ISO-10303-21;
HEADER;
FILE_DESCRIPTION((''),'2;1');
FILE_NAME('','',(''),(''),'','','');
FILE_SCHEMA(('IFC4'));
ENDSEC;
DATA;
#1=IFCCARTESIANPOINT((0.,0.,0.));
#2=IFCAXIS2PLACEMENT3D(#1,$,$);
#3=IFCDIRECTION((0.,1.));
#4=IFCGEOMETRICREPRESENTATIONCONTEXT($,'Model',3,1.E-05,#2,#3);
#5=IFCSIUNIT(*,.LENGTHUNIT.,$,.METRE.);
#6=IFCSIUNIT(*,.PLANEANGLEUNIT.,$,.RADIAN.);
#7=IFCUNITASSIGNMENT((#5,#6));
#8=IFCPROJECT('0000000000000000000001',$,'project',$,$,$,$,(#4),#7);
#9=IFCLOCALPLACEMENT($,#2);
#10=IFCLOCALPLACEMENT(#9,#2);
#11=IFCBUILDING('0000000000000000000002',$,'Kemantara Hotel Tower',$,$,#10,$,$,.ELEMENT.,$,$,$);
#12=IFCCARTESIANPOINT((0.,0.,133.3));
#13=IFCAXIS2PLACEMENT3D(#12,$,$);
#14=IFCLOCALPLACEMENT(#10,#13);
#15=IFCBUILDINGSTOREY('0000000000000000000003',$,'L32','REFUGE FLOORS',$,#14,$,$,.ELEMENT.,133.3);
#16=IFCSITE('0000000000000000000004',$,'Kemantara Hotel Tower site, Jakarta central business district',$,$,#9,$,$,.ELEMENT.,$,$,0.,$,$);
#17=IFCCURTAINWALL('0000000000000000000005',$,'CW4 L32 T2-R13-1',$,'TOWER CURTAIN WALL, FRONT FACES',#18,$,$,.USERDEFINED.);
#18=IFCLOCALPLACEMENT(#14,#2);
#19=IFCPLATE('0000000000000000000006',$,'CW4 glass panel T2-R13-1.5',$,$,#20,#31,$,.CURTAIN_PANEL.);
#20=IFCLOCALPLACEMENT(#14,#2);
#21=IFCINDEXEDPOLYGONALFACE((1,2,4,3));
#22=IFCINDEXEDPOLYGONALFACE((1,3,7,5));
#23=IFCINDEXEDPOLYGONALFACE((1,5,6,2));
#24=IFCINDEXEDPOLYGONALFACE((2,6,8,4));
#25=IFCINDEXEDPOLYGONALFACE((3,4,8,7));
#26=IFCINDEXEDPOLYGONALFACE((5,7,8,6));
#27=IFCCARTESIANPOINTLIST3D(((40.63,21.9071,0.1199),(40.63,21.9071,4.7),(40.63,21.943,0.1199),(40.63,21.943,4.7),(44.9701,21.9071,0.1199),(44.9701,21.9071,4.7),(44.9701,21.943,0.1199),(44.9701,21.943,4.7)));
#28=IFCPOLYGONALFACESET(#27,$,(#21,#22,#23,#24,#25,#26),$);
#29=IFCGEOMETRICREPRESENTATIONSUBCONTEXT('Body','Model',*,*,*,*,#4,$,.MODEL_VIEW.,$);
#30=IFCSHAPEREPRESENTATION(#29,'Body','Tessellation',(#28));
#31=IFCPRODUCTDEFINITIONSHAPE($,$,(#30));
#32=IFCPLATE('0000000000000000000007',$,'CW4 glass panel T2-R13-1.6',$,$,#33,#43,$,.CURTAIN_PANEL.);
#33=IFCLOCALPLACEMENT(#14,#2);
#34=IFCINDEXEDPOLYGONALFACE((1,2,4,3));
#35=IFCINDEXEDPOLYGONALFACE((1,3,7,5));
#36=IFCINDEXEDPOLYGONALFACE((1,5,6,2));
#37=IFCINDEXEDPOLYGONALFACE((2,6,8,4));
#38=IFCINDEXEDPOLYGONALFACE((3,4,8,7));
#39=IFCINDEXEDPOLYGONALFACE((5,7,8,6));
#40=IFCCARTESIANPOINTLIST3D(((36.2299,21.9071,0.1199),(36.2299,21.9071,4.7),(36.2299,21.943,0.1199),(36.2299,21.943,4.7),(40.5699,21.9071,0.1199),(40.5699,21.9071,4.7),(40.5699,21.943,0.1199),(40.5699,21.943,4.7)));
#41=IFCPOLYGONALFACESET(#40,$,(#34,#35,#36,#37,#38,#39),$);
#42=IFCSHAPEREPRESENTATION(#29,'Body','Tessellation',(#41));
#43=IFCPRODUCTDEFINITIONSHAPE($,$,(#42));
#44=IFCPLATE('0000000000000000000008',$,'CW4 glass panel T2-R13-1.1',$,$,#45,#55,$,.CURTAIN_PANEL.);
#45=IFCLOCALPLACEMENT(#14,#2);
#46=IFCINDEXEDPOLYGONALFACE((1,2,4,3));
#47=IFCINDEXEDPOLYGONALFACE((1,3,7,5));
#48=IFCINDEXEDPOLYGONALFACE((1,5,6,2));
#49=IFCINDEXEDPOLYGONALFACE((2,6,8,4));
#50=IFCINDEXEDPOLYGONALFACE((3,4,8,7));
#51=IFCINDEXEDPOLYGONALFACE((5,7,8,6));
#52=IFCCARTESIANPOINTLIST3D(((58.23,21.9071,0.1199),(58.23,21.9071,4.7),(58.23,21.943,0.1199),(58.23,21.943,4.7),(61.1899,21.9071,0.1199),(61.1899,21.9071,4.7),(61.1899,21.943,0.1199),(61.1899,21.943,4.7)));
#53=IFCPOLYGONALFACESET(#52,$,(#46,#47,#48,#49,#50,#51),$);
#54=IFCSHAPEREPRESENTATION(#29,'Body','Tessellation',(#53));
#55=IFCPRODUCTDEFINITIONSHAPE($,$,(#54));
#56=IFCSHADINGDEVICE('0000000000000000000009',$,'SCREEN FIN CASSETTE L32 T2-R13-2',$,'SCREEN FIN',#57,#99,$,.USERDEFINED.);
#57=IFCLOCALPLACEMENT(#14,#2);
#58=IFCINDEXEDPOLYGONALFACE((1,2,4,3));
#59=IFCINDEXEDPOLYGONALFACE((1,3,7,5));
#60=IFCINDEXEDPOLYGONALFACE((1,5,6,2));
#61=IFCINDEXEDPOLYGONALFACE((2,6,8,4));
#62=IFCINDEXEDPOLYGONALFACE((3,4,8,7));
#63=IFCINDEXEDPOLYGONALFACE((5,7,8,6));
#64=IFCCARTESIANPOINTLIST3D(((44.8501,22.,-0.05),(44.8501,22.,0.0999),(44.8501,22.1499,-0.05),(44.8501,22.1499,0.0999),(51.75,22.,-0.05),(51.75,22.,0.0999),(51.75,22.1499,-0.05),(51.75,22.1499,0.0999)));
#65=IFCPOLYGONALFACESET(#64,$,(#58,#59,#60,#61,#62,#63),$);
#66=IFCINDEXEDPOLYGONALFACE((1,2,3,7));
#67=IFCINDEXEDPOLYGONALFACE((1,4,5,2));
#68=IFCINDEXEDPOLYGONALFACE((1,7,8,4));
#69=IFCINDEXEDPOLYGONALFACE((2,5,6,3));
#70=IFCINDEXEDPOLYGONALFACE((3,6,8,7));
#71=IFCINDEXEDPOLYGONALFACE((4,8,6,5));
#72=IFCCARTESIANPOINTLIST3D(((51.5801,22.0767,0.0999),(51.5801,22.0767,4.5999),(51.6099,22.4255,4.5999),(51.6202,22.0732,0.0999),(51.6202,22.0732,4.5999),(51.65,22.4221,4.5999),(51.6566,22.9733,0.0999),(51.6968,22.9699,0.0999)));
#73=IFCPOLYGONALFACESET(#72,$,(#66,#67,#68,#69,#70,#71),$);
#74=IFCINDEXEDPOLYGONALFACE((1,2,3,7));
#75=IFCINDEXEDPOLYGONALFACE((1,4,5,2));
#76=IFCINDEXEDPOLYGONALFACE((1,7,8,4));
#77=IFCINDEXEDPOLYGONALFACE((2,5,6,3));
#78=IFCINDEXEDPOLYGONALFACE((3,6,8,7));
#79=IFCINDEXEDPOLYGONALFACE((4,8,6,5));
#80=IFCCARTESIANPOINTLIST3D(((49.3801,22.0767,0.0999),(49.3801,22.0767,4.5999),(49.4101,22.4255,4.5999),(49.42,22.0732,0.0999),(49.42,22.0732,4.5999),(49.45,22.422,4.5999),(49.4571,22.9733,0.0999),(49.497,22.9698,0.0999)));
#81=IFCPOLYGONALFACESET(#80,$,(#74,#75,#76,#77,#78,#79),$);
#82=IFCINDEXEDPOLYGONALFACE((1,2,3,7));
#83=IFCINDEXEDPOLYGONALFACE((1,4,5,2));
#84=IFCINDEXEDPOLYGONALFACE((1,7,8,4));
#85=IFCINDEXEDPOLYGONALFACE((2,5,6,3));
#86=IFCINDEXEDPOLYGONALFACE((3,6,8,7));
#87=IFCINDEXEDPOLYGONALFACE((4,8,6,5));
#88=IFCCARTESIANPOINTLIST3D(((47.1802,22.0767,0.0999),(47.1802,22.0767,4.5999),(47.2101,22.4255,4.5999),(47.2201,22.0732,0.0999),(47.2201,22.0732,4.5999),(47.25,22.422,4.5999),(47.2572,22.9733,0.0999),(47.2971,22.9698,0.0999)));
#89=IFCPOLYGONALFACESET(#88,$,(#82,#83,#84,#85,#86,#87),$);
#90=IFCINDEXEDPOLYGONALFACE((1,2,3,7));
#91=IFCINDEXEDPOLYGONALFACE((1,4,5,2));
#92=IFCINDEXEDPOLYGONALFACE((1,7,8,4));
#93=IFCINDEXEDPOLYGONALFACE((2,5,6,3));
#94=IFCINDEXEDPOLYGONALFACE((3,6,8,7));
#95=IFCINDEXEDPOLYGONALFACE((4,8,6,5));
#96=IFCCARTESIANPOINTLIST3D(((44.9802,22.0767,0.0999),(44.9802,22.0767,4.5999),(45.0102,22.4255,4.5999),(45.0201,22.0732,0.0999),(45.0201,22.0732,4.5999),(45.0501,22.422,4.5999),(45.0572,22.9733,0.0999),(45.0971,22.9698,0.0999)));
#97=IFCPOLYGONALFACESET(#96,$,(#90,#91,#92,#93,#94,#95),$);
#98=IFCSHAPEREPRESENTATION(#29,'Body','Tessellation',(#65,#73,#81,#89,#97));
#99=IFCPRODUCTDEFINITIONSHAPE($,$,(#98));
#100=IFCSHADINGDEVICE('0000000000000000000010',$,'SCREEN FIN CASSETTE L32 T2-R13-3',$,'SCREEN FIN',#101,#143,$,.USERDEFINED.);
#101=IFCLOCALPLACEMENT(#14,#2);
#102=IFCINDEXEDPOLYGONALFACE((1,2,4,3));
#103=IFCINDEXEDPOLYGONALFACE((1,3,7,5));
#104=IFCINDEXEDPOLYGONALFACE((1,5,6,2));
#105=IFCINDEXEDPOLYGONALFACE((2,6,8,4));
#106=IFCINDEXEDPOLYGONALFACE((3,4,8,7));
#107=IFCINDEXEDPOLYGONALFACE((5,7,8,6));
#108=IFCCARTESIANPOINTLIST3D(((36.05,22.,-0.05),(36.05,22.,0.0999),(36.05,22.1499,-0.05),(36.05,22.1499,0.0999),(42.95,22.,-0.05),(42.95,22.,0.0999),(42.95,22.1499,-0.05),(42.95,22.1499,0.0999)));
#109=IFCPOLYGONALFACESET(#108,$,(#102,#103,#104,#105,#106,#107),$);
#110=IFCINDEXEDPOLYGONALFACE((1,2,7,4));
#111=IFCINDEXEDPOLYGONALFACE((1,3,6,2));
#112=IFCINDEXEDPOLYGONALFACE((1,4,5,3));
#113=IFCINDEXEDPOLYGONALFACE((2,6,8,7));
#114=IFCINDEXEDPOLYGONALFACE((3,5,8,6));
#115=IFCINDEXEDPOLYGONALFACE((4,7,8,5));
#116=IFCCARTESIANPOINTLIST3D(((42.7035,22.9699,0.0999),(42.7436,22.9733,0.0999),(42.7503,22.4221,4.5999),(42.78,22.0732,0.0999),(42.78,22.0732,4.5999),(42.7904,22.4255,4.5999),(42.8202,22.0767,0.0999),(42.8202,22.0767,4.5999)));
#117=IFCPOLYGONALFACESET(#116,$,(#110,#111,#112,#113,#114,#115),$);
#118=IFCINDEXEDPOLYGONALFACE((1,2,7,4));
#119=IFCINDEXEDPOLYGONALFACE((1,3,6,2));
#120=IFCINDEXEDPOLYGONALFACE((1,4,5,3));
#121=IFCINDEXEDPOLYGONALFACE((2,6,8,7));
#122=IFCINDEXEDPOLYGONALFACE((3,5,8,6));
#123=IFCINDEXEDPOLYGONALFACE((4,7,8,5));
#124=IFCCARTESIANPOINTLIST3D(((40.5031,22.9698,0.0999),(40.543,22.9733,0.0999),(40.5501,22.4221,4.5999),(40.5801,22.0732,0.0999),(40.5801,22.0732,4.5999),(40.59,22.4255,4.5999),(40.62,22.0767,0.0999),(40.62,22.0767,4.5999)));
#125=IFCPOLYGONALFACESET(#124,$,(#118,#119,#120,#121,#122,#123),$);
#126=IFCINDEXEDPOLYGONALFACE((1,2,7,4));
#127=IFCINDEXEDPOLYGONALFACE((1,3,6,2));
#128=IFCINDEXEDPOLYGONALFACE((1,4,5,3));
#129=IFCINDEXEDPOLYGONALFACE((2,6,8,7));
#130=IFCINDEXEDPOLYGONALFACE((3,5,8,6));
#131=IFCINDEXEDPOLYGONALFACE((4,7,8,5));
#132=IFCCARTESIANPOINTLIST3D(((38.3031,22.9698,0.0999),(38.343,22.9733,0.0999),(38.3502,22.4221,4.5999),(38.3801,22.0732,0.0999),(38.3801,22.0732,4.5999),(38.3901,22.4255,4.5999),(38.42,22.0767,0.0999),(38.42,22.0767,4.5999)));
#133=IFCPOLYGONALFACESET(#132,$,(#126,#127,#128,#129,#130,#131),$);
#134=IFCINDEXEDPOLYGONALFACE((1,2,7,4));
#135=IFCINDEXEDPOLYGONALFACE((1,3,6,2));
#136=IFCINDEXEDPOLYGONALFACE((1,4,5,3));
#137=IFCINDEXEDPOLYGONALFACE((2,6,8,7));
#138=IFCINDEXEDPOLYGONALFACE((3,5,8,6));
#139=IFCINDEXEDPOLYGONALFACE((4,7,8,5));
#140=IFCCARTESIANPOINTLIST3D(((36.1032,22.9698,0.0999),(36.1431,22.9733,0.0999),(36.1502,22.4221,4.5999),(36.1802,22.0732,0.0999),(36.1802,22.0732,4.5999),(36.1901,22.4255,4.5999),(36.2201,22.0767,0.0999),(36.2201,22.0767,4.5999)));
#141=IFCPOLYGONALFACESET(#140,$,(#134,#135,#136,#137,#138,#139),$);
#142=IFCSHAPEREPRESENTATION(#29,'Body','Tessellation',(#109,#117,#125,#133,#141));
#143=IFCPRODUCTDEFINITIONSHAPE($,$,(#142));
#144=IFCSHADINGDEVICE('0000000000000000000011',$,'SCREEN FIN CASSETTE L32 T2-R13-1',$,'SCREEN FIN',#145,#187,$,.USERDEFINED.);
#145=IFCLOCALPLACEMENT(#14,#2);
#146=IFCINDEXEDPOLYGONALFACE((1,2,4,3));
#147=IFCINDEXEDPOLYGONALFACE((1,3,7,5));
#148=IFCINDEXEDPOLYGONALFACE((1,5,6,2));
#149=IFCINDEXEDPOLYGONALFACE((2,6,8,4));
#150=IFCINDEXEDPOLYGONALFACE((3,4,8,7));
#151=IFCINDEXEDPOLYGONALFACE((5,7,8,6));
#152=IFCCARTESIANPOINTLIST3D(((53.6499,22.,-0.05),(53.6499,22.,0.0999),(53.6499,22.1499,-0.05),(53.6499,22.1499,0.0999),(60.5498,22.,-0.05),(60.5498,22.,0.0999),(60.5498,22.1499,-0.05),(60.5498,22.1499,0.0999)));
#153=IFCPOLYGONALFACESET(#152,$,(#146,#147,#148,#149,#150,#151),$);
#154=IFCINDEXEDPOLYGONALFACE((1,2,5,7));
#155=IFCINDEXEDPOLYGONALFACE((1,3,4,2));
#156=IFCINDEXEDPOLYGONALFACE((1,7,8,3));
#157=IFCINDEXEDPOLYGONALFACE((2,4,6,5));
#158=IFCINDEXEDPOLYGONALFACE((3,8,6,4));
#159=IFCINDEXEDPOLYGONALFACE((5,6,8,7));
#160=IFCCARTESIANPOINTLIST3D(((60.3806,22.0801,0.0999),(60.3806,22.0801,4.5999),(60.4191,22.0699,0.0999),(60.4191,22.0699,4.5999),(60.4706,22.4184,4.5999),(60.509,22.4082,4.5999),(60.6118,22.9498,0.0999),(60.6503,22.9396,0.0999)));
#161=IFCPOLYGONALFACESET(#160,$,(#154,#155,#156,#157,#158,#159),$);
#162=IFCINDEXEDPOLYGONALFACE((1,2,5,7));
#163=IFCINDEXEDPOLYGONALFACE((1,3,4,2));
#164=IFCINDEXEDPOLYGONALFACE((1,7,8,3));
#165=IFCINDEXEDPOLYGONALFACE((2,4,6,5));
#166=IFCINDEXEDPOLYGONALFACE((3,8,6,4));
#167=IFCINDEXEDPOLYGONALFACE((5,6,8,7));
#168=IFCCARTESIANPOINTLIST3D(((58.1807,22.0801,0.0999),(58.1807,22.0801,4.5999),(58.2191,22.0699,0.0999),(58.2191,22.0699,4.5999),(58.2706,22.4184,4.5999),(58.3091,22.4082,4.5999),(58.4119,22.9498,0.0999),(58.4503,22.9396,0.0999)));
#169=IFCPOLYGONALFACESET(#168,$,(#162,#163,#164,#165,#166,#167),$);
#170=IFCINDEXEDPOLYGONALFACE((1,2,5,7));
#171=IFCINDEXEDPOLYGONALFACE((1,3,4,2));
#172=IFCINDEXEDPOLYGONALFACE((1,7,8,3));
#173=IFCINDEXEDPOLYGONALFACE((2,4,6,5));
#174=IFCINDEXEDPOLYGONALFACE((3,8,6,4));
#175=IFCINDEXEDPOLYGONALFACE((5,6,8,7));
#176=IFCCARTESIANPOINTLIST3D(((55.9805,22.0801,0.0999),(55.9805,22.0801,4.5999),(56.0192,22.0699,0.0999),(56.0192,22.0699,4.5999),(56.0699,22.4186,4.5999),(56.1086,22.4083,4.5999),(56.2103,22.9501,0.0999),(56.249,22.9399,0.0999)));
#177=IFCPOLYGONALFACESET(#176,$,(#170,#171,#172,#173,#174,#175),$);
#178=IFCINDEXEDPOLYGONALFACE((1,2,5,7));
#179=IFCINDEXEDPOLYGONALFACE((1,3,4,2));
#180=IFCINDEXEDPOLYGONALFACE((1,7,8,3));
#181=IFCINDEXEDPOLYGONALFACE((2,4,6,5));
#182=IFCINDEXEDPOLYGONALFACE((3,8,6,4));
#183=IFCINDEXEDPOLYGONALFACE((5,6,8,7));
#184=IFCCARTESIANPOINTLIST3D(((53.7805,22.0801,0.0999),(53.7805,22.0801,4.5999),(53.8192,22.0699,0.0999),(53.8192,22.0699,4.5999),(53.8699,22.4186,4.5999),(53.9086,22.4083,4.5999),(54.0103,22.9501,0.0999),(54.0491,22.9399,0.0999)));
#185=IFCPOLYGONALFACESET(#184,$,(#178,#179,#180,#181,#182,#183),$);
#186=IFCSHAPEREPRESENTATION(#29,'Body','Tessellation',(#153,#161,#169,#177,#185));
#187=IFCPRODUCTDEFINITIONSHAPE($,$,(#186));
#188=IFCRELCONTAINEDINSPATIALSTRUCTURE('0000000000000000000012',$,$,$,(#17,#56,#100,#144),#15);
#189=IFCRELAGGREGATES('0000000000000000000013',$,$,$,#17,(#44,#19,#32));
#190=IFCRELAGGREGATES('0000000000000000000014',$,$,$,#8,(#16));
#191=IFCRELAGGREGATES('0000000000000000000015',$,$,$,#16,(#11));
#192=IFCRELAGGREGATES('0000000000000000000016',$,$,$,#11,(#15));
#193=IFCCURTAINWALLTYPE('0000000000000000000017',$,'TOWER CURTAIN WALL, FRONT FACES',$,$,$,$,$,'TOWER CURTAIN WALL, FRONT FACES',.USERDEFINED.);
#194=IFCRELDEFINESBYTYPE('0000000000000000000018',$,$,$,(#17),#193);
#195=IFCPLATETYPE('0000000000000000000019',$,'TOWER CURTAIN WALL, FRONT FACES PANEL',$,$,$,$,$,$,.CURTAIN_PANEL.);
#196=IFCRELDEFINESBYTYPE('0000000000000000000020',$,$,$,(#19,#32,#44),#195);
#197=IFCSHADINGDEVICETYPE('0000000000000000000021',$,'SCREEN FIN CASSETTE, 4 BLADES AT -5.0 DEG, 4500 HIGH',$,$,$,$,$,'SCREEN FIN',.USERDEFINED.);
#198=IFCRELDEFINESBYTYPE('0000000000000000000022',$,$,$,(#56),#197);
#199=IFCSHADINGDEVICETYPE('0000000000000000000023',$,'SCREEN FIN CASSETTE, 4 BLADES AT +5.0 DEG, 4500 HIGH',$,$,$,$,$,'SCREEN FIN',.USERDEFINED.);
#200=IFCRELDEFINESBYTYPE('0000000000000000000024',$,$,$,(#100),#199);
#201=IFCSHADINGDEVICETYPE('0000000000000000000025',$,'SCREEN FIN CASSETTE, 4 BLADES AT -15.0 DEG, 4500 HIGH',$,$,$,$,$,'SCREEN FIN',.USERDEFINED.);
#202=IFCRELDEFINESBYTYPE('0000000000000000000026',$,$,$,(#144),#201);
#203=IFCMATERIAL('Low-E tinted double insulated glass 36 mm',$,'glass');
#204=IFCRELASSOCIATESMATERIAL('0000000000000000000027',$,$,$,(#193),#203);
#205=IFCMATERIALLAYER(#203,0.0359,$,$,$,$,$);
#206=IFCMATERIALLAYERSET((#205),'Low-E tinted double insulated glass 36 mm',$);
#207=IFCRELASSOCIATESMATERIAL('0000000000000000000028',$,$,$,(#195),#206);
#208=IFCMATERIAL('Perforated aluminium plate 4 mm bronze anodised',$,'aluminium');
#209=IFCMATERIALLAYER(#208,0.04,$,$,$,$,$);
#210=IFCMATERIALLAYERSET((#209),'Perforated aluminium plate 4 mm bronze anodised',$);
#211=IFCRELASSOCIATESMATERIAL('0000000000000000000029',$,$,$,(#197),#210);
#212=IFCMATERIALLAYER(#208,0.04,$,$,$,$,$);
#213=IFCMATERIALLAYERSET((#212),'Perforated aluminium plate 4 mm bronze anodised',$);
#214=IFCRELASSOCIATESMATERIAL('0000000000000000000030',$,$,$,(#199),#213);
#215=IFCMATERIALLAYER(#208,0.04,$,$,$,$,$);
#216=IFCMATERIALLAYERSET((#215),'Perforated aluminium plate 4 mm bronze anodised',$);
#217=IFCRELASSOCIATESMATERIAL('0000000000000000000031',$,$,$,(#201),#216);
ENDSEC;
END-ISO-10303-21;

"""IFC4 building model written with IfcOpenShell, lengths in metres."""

from ifc_helpers import new_model, si_unit, direction, frame, origin, origin_2d, place, context, subcontext, project, spatial, polyline, rectangle, outline, extrude, source, transform, mapped, material, layer, layer_set, type_object, element, aggregate, save


model = new_model("IFC4")

# Units and contexts
model_context = context("Model", 3, precision=1e-05, world=origin(), true_north=direction((0.0, 1.0)))
body_context = subcontext(model_context, "Body", "Model", "MODEL_VIEW")
ifc_project = project(units=[si_unit("LENGTHUNIT", "METRE"), si_unit("PLANEANGLEUNIT", "RADIAN")], contexts=[model_context])

# Site, building, storey
site_placement = place(None, origin())
site = spatial("IfcSite", under=ifc_project, at=site_placement, Name="Kemantara Hotel Tower site, Jakarta central business district", CompositionType="ELEMENT", RefElevation=0.0)
building_placement = place(site_placement, origin())
building = spatial("IfcBuilding", under=site, at=building_placement, Name="Kemantara Hotel Tower", CompositionType="ELEMENT")
storey_placement = place(building_placement, frame((0.0, 0.0, 133.3)))
storey = spatial("IfcBuildingStorey", under=building, at=storey_placement, Name="L32", Description="REFUGE FLOORS", CompositionType="ELEMENT", Elevation=133.3)

# Curtain wall
ifc_material_1 = material(Name="Low-E tinted double insulated glass 36 mm", Category="glass")
curtain_wall_type = type_object("IfcCurtainWallType", Name="TOWER CURTAIN WALL, FRONT FACES", ElementType="TOWER CURTAIN WALL, FRONT FACES", PredefinedType="USERDEFINED", material=ifc_material_1)
curtain_wall_1_placement = place(storey_placement, origin())
curtain_wall_1 = element("IfcCurtainWall", 1, at=curtain_wall_1_placement, inside=storey, type_object=curtain_wall_type, Name="CW4 L32 T2-R13-1", ObjectType="TOWER CURTAIN WALL, FRONT FACES", PredefinedType="USERDEFINED")

# Plates
ifc_layer_1 = layer(ifc_material_1, 0.0359)
ifc_layer_set_1 = layer_set([ifc_layer_1], Name="Low-E tinted double insulated glass 36 mm")
plate_type = type_object("IfcPlateType", Name="TOWER CURTAIN WALL, FRONT FACES PANEL", PredefinedType="CURTAIN_PANEL", material=ifc_layer_set_1)
shared_shape_1 = source(origin(), body_context, "Body", "SweptSolid", [
    extrude(rectangle(XDim=4.3401, YDim=0.0359, at=origin_2d()), origin(), (0.0, 0.0, 1.0), 4.5801),
])
plate_1_placement = place(storey_placement, frame((42.8, 21.925, 0.1199), z_axis=(0.0, 0.0, 1.0), x_axis=(-1.0, 0.0, 0.0)))
plate_1 = element("IfcPlate", 2, at=plate_1_placement, type_object=plate_type, Name="CW4 glass panel T2-R13-1.5", PredefinedType="CURTAIN_PANEL", context=body_context, shape_type="MappedRepresentation", body=[
    mapped(shared_shape_1, transform((0.0, 0.0, 0.0))),
])
plate_2_placement = place(storey_placement, frame((38.3999, 21.925, 0.1199), z_axis=(0.0, 0.0, 1.0), x_axis=(-1.0, 0.0, 0.0)))
plate_2 = element("IfcPlate", 3, at=plate_2_placement, type_object=plate_type, Name="CW4 glass panel T2-R13-1.6", PredefinedType="CURTAIN_PANEL", context=body_context, shape_type="MappedRepresentation", body=[
    mapped(shared_shape_1, transform((0.0, 0.0, 0.0))),
])
shared_shape_2 = source(origin(), body_context, "Body", "SweptSolid", [
    extrude(rectangle(XDim=2.96, YDim=0.0359, at=origin_2d()), origin(), (0.0, 0.0, 1.0), 4.5801),
])
plate_3_placement = place(storey_placement, frame((59.71, 21.925, 0.1199), z_axis=(0.0, 0.0, 1.0), x_axis=(-1.0, 0.0, 0.0)))
plate_3 = element("IfcPlate", 4, at=plate_3_placement, type_object=plate_type, Name="CW4 glass panel T2-R13-1.1", PredefinedType="CURTAIN_PANEL", context=body_context, shape_type="MappedRepresentation", body=[
    mapped(shared_shape_2, transform((0.0, 0.0, 0.0))),
])
aggregate(curtain_wall_1, [plate_3, plate_1, plate_2])

# Shading devices
ifc_material_2 = material(Name="Perforated aluminium plate 4 mm bronze anodised", Category="aluminium")
ifc_layer_2 = layer(ifc_material_2, 0.04)
ifc_layer_set_2 = layer_set([ifc_layer_2], Name="Perforated aluminium plate 4 mm bronze anodised")
shading_device_type_1 = type_object("IfcShadingDeviceType", Name="SCREEN FIN CASSETTE, 4 BLADES AT -5.0 DEG, 4500 HIGH", ElementType="SCREEN FIN", PredefinedType="USERDEFINED", material=ifc_layer_set_2)
shared_shape_3 = source(origin(), body_context, "Body", "SweptSolid", [
    extrude(rectangle(XDim=6.8999, YDim=0.1499, at=origin_2d()), frame((3.3, -0.075, -0.1499), z_axis=(0.0, 0.0, 1.0), x_axis=(1.0, 0.0, 0.0)), (0.0, 0.0, 1.0), 0.1499),
    extrude(outline(polyline([(0.0, 0.0), (0.8999, 0.0), (0.3501, 4.5), (0.0, 4.5), (0.0, 0.0)])), frame((0.02, -0.0767, 0.0), z_axis=(-0.996376, 0.085056, 0.0), x_axis=(-0.085056, -0.996376, 0.0)), (0.0, 0.0, 1.0), 0.0403),
    extrude(outline(polyline([(0.0, 0.0), (0.8999, 0.0), (0.3501, 4.5), (0.0, 4.5), (0.0, 0.0)])), frame((2.22, -0.0767, 0.0), z_axis=(-0.996332, 0.085575, 0.0), x_axis=(-0.085575, -0.996332, 0.0)), (0.0, 0.0, 1.0), 0.04),
    extrude(outline(polyline([(0.0, 0.0), (0.8999, 0.0), (0.3501, 4.5), (0.0, 4.5), (0.0, 0.0)])), frame((4.4199, -0.0767, 0.0), z_axis=(-0.996332, 0.085575, 0.0), x_axis=(-0.085575, -0.996332, 0.0)), (0.0, 0.0, 1.0), 0.04),
    extrude(outline(polyline([(0.0, 0.0), (0.8999, 0.0), (0.3501, 4.5), (0.0, 4.5), (0.0, 0.0)])), frame((6.6199, -0.0767, 0.0), z_axis=(-0.996332, 0.085575, 0.0), x_axis=(-0.085575, -0.996332, 0.0)), (0.0, 0.0, 1.0), 0.04),
])
shading_device_1_placement = place(storey_placement, frame((51.6001, 22.0, 0.0999), z_axis=(0.0, 0.0, 1.0), x_axis=(-1.0, 0.0, 0.0)))
element("IfcShadingDevice", 5, at=shading_device_1_placement, inside=storey, type_object=shading_device_type_1, Name="SCREEN FIN CASSETTE L32 T2-R13-2", ObjectType="SCREEN FIN", PredefinedType="USERDEFINED", context=body_context, shape_type="MappedRepresentation", body=[
    mapped(shared_shape_3, transform((0.0, 0.0, 0.0))),
])
ifc_layer_3 = layer(ifc_material_2, 0.04)
ifc_layer_set_3 = layer_set([ifc_layer_3], Name="Perforated aluminium plate 4 mm bronze anodised")
shading_device_type_2 = type_object("IfcShadingDeviceType", Name="SCREEN FIN CASSETTE, 4 BLADES AT +5.0 DEG, 4500 HIGH", ElementType="SCREEN FIN", PredefinedType="USERDEFINED", material=ifc_layer_set_3)
shared_shape_4 = source(origin(), body_context, "Body", "SweptSolid", [
    extrude(rectangle(XDim=6.8999, YDim=0.1499, at=origin_2d()), frame((3.3, -0.075, -0.1499), z_axis=(0.0, 0.0, 1.0), x_axis=(1.0, 0.0, 0.0)), (0.0, 0.0, 1.0), 0.1499),
    extrude(outline(polyline([(0.0, 0.0), (0.8999, 0.0), (0.3501, 4.5), (0.0, 4.5), (0.0, 0.0)])), frame((0.02, -0.0732, 0.0), z_axis=(-0.996376, -0.085056, 0.0), x_axis=(0.085056, -0.996376, 0.0)), (0.0, 0.0, 1.0), 0.0403),
    extrude(outline(polyline([(0.0, 0.0), (0.8999, 0.0), (0.3501, 4.5), (0.0, 4.5), (0.0, 0.0)])), frame((2.22, -0.0732, 0.0), z_axis=(-0.996332, -0.085575, 0.0), x_axis=(0.085575, -0.996332, 0.0)), (0.0, 0.0, 1.0), 0.04),
    extrude(outline(polyline([(0.0, 0.0), (0.8999, 0.0), (0.3501, 4.5), (0.0, 4.5), (0.0, 0.0)])), frame((4.4199, -0.0732, 0.0), z_axis=(-0.996332, -0.085575, 0.0), x_axis=(0.085575, -0.996332, 0.0)), (0.0, 0.0, 1.0), 0.04),
    extrude(outline(polyline([(0.0, 0.0), (0.8999, 0.0), (0.3501, 4.5), (0.0, 4.5), (0.0, 0.0)])), frame((6.6199, -0.0732, 0.0), z_axis=(-0.996332, -0.085575, 0.0), x_axis=(0.085575, -0.996332, 0.0)), (0.0, 0.0, 1.0), 0.04),
])
shading_device_2_placement = place(storey_placement, frame((42.8, 22.0, 0.0999), z_axis=(0.0, 0.0, 1.0), x_axis=(-1.0, 0.0, 0.0)))
element("IfcShadingDevice", 6, at=shading_device_2_placement, inside=storey, type_object=shading_device_type_2, Name="SCREEN FIN CASSETTE L32 T2-R13-3", ObjectType="SCREEN FIN", PredefinedType="USERDEFINED", context=body_context, shape_type="MappedRepresentation", body=[
    mapped(shared_shape_4, transform((0.0, 0.0, 0.0))),
])
ifc_layer_4 = layer(ifc_material_2, 0.04)
ifc_layer_set_4 = layer_set([ifc_layer_4], Name="Perforated aluminium plate 4 mm bronze anodised")
shading_device_type_3 = type_object("IfcShadingDeviceType", Name="SCREEN FIN CASSETTE, 4 BLADES AT -15.0 DEG, 4500 HIGH", ElementType="SCREEN FIN", PredefinedType="USERDEFINED", material=ifc_layer_set_4)
shared_shape_5 = source(origin(), body_context, "Body", "SweptSolid", [
    extrude(rectangle(XDim=6.8999, YDim=0.1499, at=origin_2d()), frame((3.3, -0.075, -0.1499), z_axis=(0.0, 0.0, 1.0), x_axis=(1.0, 0.0, 0.0)), (0.0, 0.0, 1.0), 0.1499),
    extrude(outline(polyline([(0.0, 0.0), (0.8999, 0.0), (0.3501, 4.5), (0.0, 4.5), (0.0, 0.0)])), frame((0.0193, -0.0801, 0.0), z_axis=(-0.966438, 0.256901, 0.0), x_axis=(-0.256901, -0.966438, 0.0)), (0.0, 0.0, 1.0), 0.0398),
    extrude(outline(polyline([(0.0, 0.0), (0.8999, 0.0), (0.3501, 4.5), (0.0, 4.5), (0.0, 0.0)])), frame((2.2192, -0.0801, 0.0), z_axis=(-0.966438, 0.256901, 0.0), x_axis=(-0.256901, -0.966438, 0.0)), (0.0, 0.0, 1.0), 0.0398),
    extrude(outline(polyline([(0.0, 0.0), (0.8999, 0.0), (0.3501, 4.5), (0.0, 4.5), (0.0, 0.0)])), frame((4.4194, -0.0801, 0.0), z_axis=(-0.966838, 0.255391, 0.0), x_axis=(-0.255391, -0.966838, 0.0)), (0.0, 0.0, 1.0), 0.04),
    extrude(outline(polyline([(0.0, 0.0), (0.8999, 0.0), (0.3501, 4.5), (0.0, 4.5), (0.0, 0.0)])), frame((6.6194, -0.0801, 0.0), z_axis=(-0.966838, 0.255391, 0.0), x_axis=(-0.255391, -0.966838, 0.0)), (0.0, 0.0, 1.0), 0.04),
])
shading_device_3_placement = place(storey_placement, frame((60.3999, 22.0, 0.0999), z_axis=(0.0, 0.0, 1.0), x_axis=(-1.0, 0.0, 0.0)))
element("IfcShadingDevice", 7, at=shading_device_3_placement, inside=storey, type_object=shading_device_type_3, Name="SCREEN FIN CASSETTE L32 T2-R13-1", ObjectType="SCREEN FIN", PredefinedType="USERDEFINED", context=body_context, shape_type="MappedRepresentation", body=[
    mapped(shared_shape_5, transform((0.0, 0.0, 0.0))),
])

save(model, "model.ifc")
